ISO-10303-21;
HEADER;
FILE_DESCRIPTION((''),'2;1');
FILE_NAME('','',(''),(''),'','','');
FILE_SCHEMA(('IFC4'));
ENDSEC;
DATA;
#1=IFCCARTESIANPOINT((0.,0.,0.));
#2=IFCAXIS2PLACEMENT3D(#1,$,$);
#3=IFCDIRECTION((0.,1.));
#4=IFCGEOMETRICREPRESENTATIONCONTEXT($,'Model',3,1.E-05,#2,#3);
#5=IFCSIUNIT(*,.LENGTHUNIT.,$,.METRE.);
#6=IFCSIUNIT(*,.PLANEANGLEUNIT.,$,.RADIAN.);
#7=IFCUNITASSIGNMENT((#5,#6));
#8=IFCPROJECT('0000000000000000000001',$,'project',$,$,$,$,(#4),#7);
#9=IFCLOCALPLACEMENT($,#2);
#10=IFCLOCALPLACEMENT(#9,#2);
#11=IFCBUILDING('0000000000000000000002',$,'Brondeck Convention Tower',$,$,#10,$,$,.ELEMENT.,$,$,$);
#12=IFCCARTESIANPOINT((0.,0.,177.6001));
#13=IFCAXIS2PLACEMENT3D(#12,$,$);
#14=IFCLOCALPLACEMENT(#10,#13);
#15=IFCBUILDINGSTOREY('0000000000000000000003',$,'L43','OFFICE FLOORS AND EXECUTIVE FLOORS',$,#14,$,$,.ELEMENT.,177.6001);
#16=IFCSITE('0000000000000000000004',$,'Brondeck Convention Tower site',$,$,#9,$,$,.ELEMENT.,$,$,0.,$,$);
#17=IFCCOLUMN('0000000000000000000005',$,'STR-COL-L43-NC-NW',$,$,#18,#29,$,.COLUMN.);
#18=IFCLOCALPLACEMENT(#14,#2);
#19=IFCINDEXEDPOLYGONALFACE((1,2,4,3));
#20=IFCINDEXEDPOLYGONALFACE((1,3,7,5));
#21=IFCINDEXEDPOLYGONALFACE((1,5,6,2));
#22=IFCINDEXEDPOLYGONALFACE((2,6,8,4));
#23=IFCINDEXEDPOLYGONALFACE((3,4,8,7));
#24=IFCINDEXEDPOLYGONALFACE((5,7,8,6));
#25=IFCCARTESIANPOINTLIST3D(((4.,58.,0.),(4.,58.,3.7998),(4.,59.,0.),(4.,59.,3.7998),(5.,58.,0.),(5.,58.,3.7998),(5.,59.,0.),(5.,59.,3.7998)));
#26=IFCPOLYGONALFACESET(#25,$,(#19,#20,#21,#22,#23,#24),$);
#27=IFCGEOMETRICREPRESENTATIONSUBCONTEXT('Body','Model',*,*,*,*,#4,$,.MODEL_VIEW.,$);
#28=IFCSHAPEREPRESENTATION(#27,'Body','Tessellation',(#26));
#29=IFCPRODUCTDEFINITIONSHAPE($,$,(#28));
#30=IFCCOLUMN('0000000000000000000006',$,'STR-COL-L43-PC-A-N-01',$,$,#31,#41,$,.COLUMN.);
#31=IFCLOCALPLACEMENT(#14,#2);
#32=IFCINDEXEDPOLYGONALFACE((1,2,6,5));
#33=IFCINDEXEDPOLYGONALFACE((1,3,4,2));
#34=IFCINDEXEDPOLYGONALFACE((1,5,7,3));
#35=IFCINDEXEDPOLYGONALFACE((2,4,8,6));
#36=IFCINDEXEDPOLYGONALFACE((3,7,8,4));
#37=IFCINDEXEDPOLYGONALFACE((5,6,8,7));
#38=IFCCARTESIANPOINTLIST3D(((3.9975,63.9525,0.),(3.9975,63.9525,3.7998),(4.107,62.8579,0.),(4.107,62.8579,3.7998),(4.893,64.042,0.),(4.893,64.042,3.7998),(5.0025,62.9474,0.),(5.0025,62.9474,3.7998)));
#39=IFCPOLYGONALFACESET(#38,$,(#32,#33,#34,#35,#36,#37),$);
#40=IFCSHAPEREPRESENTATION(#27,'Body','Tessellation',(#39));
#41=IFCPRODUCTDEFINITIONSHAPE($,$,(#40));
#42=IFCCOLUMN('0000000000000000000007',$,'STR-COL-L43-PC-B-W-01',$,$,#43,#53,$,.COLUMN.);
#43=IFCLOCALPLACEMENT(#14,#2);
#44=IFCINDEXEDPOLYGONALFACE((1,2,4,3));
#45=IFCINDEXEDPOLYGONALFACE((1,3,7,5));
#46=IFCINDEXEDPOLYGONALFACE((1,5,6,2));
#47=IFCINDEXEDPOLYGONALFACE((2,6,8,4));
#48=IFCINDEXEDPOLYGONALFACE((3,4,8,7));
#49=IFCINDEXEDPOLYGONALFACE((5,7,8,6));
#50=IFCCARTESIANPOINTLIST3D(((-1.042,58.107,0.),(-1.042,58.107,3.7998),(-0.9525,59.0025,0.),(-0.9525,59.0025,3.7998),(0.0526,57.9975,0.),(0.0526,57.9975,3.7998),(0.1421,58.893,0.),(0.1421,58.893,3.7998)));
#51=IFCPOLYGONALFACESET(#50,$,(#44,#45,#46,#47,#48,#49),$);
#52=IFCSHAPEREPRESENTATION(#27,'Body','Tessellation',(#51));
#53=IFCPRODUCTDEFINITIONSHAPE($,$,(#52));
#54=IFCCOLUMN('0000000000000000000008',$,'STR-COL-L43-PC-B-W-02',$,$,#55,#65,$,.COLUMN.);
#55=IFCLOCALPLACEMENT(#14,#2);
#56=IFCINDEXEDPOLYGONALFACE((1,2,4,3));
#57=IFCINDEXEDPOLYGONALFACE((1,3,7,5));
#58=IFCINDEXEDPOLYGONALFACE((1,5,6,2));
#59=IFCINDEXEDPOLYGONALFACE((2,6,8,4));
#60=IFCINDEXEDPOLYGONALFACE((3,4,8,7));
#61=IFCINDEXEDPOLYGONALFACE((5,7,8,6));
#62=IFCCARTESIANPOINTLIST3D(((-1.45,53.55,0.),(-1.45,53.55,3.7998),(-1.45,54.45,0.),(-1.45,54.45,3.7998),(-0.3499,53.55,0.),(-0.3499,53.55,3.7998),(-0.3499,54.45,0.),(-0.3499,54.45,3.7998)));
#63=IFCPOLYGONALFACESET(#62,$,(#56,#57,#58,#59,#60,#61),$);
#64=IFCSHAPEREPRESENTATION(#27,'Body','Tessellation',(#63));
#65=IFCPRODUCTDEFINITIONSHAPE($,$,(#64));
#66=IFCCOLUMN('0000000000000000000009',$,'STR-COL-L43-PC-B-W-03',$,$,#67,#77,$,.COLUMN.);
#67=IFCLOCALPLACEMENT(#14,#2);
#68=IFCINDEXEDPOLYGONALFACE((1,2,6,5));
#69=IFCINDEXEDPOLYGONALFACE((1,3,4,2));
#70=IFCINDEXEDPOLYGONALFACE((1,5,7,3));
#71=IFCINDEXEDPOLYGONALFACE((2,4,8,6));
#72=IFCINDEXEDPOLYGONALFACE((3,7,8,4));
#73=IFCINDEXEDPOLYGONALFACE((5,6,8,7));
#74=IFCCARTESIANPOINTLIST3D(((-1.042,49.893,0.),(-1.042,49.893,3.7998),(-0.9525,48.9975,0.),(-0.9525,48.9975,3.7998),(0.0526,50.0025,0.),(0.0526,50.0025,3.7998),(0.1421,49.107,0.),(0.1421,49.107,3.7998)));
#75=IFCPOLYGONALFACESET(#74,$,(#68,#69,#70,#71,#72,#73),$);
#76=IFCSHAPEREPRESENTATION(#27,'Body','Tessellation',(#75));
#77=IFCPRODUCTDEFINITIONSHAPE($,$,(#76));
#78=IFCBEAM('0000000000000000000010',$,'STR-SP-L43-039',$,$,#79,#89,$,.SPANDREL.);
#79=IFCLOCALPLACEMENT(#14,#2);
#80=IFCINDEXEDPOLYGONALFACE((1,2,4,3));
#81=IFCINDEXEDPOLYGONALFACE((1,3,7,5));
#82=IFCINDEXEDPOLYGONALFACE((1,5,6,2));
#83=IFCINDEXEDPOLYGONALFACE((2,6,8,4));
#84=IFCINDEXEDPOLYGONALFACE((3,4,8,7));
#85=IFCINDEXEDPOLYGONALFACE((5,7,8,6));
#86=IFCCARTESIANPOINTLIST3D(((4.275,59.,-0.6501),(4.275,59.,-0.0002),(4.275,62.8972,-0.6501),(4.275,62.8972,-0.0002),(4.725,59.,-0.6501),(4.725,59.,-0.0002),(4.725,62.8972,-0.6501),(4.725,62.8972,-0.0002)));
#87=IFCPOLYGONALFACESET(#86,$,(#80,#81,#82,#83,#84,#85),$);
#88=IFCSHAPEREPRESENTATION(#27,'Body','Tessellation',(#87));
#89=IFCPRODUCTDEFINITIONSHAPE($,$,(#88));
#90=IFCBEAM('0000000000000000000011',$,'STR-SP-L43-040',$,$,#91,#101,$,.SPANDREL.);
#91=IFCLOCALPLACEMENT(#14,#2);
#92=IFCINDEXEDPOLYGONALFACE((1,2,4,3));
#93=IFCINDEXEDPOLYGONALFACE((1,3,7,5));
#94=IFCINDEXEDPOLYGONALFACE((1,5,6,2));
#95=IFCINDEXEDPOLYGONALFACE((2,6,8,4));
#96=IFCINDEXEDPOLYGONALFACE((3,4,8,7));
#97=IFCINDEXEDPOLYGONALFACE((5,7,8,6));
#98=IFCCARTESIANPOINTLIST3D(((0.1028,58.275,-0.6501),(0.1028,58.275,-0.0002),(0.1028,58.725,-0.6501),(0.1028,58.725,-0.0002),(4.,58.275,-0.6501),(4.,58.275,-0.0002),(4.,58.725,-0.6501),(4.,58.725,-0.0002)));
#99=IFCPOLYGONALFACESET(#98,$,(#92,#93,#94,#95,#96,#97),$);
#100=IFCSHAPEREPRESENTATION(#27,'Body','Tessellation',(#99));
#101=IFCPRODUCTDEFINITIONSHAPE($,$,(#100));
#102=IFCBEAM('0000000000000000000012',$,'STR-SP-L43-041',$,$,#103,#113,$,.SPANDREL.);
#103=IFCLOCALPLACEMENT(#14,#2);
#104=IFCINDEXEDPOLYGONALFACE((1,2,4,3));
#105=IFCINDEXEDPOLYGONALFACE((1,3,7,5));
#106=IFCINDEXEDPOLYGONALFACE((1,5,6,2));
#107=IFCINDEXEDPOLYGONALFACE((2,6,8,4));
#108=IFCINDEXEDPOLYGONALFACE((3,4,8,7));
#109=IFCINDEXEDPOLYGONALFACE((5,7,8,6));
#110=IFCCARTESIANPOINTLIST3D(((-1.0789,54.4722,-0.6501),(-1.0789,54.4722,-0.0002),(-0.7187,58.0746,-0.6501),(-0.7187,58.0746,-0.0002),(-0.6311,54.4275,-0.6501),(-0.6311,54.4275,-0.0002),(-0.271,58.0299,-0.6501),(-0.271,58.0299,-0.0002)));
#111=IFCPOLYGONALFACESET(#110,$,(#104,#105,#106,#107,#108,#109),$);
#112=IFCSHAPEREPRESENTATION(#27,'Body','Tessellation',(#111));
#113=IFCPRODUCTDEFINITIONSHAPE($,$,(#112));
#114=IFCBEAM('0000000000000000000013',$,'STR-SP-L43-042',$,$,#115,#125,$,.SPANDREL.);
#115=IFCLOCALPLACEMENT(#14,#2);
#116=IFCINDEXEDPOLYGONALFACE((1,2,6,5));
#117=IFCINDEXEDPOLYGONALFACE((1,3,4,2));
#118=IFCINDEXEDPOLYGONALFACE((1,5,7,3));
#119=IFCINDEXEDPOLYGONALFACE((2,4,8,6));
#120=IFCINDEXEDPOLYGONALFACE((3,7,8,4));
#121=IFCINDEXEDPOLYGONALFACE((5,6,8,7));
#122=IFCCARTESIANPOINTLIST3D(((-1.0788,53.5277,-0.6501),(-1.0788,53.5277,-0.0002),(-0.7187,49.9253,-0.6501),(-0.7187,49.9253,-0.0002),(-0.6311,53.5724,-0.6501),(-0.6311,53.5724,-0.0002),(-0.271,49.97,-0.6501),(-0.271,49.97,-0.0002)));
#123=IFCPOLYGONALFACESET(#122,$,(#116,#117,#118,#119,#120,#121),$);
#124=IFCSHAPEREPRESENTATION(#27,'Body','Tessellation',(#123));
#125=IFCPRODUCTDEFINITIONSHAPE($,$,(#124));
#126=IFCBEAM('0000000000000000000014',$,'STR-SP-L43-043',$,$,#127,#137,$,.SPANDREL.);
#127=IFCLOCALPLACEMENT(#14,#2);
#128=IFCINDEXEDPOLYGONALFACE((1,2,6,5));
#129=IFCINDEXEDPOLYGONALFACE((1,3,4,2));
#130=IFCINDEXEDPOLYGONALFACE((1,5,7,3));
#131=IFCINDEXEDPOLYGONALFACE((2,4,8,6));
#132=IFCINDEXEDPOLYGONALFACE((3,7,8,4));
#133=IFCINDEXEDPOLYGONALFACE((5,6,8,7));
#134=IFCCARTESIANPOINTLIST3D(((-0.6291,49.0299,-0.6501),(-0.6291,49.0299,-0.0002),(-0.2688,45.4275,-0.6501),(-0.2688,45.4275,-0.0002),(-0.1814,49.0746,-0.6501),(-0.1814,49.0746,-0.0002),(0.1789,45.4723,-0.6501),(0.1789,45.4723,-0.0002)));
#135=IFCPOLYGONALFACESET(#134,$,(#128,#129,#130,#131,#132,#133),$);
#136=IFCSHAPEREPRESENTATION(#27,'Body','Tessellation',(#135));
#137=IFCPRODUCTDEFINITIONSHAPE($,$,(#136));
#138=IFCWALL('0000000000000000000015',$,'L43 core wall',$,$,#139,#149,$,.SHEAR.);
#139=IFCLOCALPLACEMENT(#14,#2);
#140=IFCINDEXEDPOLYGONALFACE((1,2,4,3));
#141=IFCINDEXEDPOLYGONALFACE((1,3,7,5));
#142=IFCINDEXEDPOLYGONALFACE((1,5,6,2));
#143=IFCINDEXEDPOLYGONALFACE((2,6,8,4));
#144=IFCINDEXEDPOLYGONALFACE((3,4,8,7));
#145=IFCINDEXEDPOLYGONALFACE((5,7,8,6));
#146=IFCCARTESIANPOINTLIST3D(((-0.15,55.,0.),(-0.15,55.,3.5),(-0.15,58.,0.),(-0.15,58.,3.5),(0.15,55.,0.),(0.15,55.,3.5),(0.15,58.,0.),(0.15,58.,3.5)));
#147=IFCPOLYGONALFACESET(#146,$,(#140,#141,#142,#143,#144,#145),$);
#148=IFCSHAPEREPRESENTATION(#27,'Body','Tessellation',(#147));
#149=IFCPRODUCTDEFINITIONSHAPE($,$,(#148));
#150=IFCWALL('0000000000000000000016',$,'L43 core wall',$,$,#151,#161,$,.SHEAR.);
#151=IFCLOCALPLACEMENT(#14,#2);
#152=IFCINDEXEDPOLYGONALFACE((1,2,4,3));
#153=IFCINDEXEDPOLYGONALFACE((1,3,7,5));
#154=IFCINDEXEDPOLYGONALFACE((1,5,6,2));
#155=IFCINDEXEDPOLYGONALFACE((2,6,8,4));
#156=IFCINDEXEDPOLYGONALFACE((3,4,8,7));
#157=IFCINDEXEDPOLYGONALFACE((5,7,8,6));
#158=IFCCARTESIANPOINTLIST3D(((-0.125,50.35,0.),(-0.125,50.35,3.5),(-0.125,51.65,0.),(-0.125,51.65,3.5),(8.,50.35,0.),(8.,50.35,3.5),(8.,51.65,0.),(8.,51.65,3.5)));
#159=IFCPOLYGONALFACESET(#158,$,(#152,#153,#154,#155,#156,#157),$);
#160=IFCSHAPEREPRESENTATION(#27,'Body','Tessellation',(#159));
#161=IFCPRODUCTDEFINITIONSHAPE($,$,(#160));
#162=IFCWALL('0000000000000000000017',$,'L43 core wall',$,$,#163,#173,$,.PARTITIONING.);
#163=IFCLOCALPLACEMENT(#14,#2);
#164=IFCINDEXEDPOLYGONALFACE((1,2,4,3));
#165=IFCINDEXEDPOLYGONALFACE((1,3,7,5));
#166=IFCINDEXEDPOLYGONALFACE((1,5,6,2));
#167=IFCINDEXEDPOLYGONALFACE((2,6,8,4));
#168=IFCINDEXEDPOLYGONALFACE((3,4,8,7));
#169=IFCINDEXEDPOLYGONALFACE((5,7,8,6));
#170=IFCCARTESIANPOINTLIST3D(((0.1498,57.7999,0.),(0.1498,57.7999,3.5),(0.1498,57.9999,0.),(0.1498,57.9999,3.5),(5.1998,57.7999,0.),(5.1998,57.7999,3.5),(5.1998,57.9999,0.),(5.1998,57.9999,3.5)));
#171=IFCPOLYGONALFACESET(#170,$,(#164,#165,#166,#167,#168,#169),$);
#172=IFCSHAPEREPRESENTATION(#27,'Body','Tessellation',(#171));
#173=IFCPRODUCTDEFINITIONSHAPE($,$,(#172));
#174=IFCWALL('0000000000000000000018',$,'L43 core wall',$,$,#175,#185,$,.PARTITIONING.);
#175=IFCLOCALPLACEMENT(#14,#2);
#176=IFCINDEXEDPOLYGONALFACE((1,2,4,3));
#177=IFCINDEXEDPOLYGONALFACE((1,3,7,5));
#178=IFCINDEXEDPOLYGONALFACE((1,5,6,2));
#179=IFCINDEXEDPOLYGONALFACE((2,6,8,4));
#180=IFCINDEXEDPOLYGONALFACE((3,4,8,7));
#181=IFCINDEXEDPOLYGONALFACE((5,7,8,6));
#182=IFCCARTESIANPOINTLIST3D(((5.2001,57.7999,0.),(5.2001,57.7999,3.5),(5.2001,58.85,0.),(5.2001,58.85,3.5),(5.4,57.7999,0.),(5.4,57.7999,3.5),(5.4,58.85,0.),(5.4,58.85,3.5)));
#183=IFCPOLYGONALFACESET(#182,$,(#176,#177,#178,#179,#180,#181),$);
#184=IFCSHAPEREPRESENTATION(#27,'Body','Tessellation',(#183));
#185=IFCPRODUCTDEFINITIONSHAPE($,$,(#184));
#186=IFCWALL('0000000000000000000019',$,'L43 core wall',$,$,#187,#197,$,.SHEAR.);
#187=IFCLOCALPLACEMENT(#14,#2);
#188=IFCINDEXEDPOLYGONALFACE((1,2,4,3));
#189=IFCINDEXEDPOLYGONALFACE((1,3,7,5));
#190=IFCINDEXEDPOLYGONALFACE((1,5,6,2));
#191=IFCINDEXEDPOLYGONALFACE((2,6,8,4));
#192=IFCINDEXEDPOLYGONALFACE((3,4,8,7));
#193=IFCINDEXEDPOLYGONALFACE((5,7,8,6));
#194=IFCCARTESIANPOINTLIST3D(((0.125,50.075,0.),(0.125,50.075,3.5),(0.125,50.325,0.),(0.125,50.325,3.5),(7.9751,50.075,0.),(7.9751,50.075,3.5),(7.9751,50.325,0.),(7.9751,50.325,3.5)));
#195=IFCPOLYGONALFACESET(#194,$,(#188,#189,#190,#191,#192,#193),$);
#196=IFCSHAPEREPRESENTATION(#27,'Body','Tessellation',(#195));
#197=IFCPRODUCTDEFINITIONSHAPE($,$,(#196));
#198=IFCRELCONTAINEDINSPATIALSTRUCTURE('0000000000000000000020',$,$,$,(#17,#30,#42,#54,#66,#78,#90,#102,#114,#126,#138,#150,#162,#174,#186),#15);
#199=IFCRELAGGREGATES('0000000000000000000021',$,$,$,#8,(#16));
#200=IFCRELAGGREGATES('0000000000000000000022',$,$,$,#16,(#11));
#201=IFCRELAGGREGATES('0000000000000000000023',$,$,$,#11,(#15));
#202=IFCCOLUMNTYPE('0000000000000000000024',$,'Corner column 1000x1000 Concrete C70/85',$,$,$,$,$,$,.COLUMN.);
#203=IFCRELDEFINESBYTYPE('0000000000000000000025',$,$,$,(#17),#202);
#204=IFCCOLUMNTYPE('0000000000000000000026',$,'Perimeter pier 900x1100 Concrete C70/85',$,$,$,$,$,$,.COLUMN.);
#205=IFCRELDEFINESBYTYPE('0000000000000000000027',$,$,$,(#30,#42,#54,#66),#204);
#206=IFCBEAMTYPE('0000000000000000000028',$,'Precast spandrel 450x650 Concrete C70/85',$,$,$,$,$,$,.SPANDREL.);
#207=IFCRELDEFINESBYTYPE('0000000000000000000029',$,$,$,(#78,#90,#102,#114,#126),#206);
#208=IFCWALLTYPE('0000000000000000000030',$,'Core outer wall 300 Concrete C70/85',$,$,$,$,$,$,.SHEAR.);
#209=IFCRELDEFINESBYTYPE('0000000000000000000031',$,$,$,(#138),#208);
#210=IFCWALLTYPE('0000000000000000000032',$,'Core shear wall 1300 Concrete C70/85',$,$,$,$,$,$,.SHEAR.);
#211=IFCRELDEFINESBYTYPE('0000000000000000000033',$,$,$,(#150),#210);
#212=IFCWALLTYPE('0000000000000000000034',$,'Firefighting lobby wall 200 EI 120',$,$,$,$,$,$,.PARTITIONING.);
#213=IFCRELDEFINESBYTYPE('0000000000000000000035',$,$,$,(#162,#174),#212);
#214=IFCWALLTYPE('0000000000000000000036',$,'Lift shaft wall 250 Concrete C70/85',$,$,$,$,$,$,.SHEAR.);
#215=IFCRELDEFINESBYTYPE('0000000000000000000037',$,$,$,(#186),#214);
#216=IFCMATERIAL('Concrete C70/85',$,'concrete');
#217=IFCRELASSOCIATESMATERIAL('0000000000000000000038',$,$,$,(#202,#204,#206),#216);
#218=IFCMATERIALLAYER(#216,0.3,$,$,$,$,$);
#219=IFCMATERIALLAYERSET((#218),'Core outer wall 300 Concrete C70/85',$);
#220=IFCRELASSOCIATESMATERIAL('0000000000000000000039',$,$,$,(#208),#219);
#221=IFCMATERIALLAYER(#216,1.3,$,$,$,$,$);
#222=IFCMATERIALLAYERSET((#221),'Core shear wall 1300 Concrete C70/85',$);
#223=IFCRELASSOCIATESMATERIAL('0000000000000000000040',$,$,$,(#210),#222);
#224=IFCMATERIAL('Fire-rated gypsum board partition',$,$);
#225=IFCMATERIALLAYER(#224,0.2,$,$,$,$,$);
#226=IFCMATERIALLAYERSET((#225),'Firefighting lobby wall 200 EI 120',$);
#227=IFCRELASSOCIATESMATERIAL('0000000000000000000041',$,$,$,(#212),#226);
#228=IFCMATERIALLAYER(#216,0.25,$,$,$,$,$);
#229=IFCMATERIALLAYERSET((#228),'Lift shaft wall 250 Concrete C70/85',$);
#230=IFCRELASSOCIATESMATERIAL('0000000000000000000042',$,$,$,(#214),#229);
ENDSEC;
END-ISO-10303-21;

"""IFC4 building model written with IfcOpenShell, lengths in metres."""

from ifc_helpers import new_model, si_unit, direction, frame, frame_2d, origin, origin_2d, place, context, subcontext, project, spatial, rectangle, extrude, material, layer, layer_set, material_profile, profile_set, type_object, element, save


model = new_model("IFC4")

# Units and contexts
model_context = context("Model", 3, precision=1e-05, world=origin(), true_north=direction((0.0, 1.0)))
body_context = subcontext(model_context, "Body", "Model", "MODEL_VIEW")
ifc_project = project(units=[si_unit("LENGTHUNIT", "METRE"), si_unit("PLANEANGLEUNIT", "RADIAN")], contexts=[model_context])

# Site, building, storey
site_placement = place(None, origin())
site = spatial("IfcSite", under=ifc_project, at=site_placement, Name="Brondeck Convention Tower site", CompositionType="ELEMENT", RefElevation=0.0)
building_placement = place(site_placement, origin())
building = spatial("IfcBuilding", under=site, at=building_placement, Name="Brondeck Convention Tower", CompositionType="ELEMENT")
storey_placement = place(building_placement, frame((0.0, 0.0, 177.6001)))
storey = spatial("IfcBuildingStorey", under=building, at=storey_placement, Name="L43", Description="OFFICE FLOORS AND EXECUTIVE FLOORS", CompositionType="ELEMENT", Elevation=177.6001)

# Columns
ifc_material_1 = material(Name="Concrete C70/85", Category="concrete")
ifc_material_profile_1 = material_profile(ifc_material_1, rectangle(XDim=1.0, YDim=1.0, at=origin_2d()), Name="Corner column 1000x1000 Concrete C70/85")
ifc_profile_set_1 = profile_set([ifc_material_profile_1], Name="Concrete C70/85")
column_type_1 = type_object("IfcColumnType", Name="Corner column 1000x1000 Concrete C70/85", PredefinedType="COLUMN", material=ifc_profile_set_1)
column_placement = place(storey_placement, frame((4.5, 58.5, 0.0), z_axis=(0.0, 0.0, 1.0), x_axis=(1.0, 0.0, 0.0)))
element("IfcColumn", 1, at=column_placement, inside=storey, type_object=column_type_1, Name="STR-COL-L43-NC-NW", PredefinedType="COLUMN", context=body_context, shape_type="SweptSolid", body=[
    extrude(rectangle(XDim=1.0, YDim=1.0, at=origin_2d()), origin(), (0.0, 0.0, 1.0), 3.7998),
])
ifc_material_profile_2 = material_profile(ifc_material_1, rectangle(XDim=0.8999, YDim=1.1001, at=origin_2d()), Name="Perimeter pier 900x1100 Concrete C70/85")
ifc_profile_set_2 = profile_set([ifc_material_profile_2], Name="Concrete C70/85")
column_type_2 = type_object("IfcColumnType", Name="Perimeter pier 900x1100 Concrete C70/85", PredefinedType="COLUMN", material=ifc_profile_set_2)
for number, where, z_axis, x_axis, name in (
    (2, (4.5, 63.45, 0.0), (0.0, 0.0, 1.0), (-0.995037, -0.099504, 0.0), "STR-COL-L43-PC-A-N-01"),
    (3, (-0.45, 58.5, 0.0), (0.0, 0.0, 1.0), (-0.099504, -0.995037, 0.0), "STR-COL-L43-PC-B-W-01"),
    (4, (-0.8999, 54.0, 0.0), (0.0, 0.0, 1.0), (0.0, -1.0, 0.0), "STR-COL-L43-PC-B-W-02"),
    (5, (-0.45, 49.5, 0.0), (0.0, 0.0, 1.0), (0.099504, -0.995037, 0.0), "STR-COL-L43-PC-B-W-03"),
):
    element("IfcColumn", number, at=place(storey_placement, frame(where, z_axis=z_axis, x_axis=x_axis)), inside=storey, type_object=column_type_2, Name=name, PredefinedType="COLUMN", context=body_context, shape_type="SweptSolid", body=[
        extrude(rectangle(XDim=0.8999, YDim=1.1001, at=origin_2d()), origin(), (0.0, 0.0, 1.0), 3.7998),
    ])

# Beams
ifc_material_profile_3 = material_profile(ifc_material_1, rectangle(XDim=0.45, YDim=0.6499, at=origin_2d()), Name="Precast spandrel 450x650 Concrete C70/85")
ifc_profile_set_3 = profile_set([ifc_material_profile_3], Name="Concrete C70/85")
beam_type = type_object("IfcBeamType", Name="Precast spandrel 450x650 Concrete C70/85", PredefinedType="SPANDREL", material=ifc_profile_set_3)
for number, where, z_axis, x_axis, name in (
    (6, (4.5, 62.8972, -0.3252), (0.0, -1.0, 0.0), (1.0, 0.0, 0.0), "STR-SP-L43-039"),
    (7, (4.0, 58.5, -0.3252), (-1.0, 0.0, 0.0), (0.0, -1.0, 0.0), "STR-SP-L43-040"),
):
    element("IfcBeam", number, at=place(storey_placement, frame(where, z_axis=z_axis, x_axis=x_axis)), inside=storey, type_object=beam_type, Name=name, PredefinedType="SPANDREL", context=body_context, shape_type="SweptSolid", body=[
        extrude(rectangle(XDim=0.45, YDim=0.6499, at=origin_2d()), origin(), (0.0, 0.0, 1.0), 3.8972),
    ])
for number, where, z_axis, x_axis, name in (
    (8, (-0.4949, 58.0522, -0.3252), (-0.09947, -0.995041, 0.0), (0.995041, -0.09947, 0.0), "STR-SP-L43-041"),
    (9, (-0.855, 53.55, -0.3252), (0.09947, -0.995041, 0.0), (0.995041, 0.09947, 0.0), "STR-SP-L43-042"),
    (10, (-0.4053, 49.0522, -0.3252), (0.099537, -0.995034, 0.0), (0.995034, 0.099537, 0.0), "STR-SP-L43-043"),
):
    element("IfcBeam", number, at=place(storey_placement, frame(where, z_axis=z_axis, x_axis=x_axis)), inside=storey, type_object=beam_type, Name=name, PredefinedType="SPANDREL", context=body_context, shape_type="SweptSolid", body=[
        extrude(rectangle(XDim=0.45, YDim=0.6499, at=origin_2d()), origin(), (0.0, 0.0, 1.0), 3.6204),
    ])

# Walls
ifc_layer_1 = layer(ifc_material_1, 0.3)
ifc_layer_set_1 = layer_set([ifc_layer_1], Name="Core outer wall 300 Concrete C70/85")
wall_type_1 = type_object("IfcWallType", Name="Core outer wall 300 Concrete C70/85", PredefinedType="SHEAR", material=ifc_layer_set_1)
wall_1_placement = place(storey_placement, frame((0.0, 55.0, 0.0), z_axis=(0.0, 0.0, 1.0), x_axis=(0.0, 1.0, 0.0)))
element("IfcWall", 11, at=wall_1_placement, inside=storey, type_object=wall_type_1, Name="L43 core wall", PredefinedType="SHEAR", context=body_context, shape_type="SweptSolid", body=[
    extrude(rectangle(XDim=3.0, YDim=0.3, at=frame_2d((1.5, 0.0))), origin(), (0.0, 0.0, 1.0), 3.5),
])
ifc_layer_2 = layer(ifc_material_1, 1.3)
ifc_layer_set_2 = layer_set([ifc_layer_2], Name="Core shear wall 1300 Concrete C70/85")
wall_type_2 = type_object("IfcWallType", Name="Core shear wall 1300 Concrete C70/85", PredefinedType="SHEAR", material=ifc_layer_set_2)
wall_2_placement = place(storey_placement, frame((-0.125, 51.0, 0.0), z_axis=(0.0, 0.0, 1.0), x_axis=(1.0, 0.0, 0.0)))
element("IfcWall", 12, at=wall_2_placement, inside=storey, type_object=wall_type_2, Name="L43 core wall", PredefinedType="SHEAR", context=body_context, shape_type="SweptSolid", body=[
    extrude(rectangle(XDim=8.125, YDim=1.3, at=frame_2d((4.0625, 0.0))), origin(), (0.0, 0.0, 1.0), 3.5),
])
ifc_material_2 = material(Name="Fire-rated gypsum board partition")
ifc_layer_3 = layer(ifc_material_2, 0.2)
ifc_layer_set_3 = layer_set([ifc_layer_3], Name="Firefighting lobby wall 200 EI 120")
wall_type_3 = type_object("IfcWallType", Name="Firefighting lobby wall 200 EI 120", PredefinedType="PARTITIONING", material=ifc_layer_set_3)
wall_3_placement = place(storey_placement, frame((0.1499, 57.8999, 0.0), z_axis=(0.0, 0.0, 1.0), x_axis=(1.0, 0.0, 0.0)))
element("IfcWall", 13, at=wall_3_placement, inside=storey, type_object=wall_type_3, Name="L43 core wall", PredefinedType="PARTITIONING", context=body_context, shape_type="SweptSolid", body=[
    extrude(rectangle(XDim=5.05, YDim=0.2, at=frame_2d((2.5249, 0.0))), origin(), (0.0, 0.0, 1.0), 3.5),
])
wall_4_placement = place(storey_placement, frame((5.3, 57.8, 0.0), z_axis=(0.0, 0.0, 1.0), x_axis=(0.0, 1.0, 0.0)))
element("IfcWall", 14, at=wall_4_placement, inside=storey, type_object=wall_type_3, Name="L43 core wall", PredefinedType="PARTITIONING", context=body_context, shape_type="SweptSolid", body=[
    extrude(rectangle(XDim=1.05, YDim=0.2, at=frame_2d((0.5249, 0.0))), origin(), (0.0, 0.0, 1.0), 3.5),
])
ifc_layer_4 = layer(ifc_material_1, 0.25)
ifc_layer_set_4 = layer_set([ifc_layer_4], Name="Lift shaft wall 250 Concrete C70/85")
wall_type_4 = type_object("IfcWallType", Name="Lift shaft wall 250 Concrete C70/85", PredefinedType="SHEAR", material=ifc_layer_set_4)
for number, where, z_axis, x_axis, name in (
    (15, (0.125, 50.2, 0.0), (0.0, 0.0, 1.0), (1.0, 0.0, 0.0), "L43 core wall"),
):
    element("IfcWall", number, at=place(storey_placement, frame(where, z_axis=z_axis, x_axis=x_axis)), inside=storey, type_object=wall_type_4, Name=name, PredefinedType="SHEAR", context=body_context, shape_type="SweptSolid", body=[
        extrude(rectangle(XDim=7.8501, YDim=0.25, at=frame_2d((3.925, 0.0))), origin(), (0.0, 0.0, 1.0), 3.5),
    ])

save(model, "model.ifc")
